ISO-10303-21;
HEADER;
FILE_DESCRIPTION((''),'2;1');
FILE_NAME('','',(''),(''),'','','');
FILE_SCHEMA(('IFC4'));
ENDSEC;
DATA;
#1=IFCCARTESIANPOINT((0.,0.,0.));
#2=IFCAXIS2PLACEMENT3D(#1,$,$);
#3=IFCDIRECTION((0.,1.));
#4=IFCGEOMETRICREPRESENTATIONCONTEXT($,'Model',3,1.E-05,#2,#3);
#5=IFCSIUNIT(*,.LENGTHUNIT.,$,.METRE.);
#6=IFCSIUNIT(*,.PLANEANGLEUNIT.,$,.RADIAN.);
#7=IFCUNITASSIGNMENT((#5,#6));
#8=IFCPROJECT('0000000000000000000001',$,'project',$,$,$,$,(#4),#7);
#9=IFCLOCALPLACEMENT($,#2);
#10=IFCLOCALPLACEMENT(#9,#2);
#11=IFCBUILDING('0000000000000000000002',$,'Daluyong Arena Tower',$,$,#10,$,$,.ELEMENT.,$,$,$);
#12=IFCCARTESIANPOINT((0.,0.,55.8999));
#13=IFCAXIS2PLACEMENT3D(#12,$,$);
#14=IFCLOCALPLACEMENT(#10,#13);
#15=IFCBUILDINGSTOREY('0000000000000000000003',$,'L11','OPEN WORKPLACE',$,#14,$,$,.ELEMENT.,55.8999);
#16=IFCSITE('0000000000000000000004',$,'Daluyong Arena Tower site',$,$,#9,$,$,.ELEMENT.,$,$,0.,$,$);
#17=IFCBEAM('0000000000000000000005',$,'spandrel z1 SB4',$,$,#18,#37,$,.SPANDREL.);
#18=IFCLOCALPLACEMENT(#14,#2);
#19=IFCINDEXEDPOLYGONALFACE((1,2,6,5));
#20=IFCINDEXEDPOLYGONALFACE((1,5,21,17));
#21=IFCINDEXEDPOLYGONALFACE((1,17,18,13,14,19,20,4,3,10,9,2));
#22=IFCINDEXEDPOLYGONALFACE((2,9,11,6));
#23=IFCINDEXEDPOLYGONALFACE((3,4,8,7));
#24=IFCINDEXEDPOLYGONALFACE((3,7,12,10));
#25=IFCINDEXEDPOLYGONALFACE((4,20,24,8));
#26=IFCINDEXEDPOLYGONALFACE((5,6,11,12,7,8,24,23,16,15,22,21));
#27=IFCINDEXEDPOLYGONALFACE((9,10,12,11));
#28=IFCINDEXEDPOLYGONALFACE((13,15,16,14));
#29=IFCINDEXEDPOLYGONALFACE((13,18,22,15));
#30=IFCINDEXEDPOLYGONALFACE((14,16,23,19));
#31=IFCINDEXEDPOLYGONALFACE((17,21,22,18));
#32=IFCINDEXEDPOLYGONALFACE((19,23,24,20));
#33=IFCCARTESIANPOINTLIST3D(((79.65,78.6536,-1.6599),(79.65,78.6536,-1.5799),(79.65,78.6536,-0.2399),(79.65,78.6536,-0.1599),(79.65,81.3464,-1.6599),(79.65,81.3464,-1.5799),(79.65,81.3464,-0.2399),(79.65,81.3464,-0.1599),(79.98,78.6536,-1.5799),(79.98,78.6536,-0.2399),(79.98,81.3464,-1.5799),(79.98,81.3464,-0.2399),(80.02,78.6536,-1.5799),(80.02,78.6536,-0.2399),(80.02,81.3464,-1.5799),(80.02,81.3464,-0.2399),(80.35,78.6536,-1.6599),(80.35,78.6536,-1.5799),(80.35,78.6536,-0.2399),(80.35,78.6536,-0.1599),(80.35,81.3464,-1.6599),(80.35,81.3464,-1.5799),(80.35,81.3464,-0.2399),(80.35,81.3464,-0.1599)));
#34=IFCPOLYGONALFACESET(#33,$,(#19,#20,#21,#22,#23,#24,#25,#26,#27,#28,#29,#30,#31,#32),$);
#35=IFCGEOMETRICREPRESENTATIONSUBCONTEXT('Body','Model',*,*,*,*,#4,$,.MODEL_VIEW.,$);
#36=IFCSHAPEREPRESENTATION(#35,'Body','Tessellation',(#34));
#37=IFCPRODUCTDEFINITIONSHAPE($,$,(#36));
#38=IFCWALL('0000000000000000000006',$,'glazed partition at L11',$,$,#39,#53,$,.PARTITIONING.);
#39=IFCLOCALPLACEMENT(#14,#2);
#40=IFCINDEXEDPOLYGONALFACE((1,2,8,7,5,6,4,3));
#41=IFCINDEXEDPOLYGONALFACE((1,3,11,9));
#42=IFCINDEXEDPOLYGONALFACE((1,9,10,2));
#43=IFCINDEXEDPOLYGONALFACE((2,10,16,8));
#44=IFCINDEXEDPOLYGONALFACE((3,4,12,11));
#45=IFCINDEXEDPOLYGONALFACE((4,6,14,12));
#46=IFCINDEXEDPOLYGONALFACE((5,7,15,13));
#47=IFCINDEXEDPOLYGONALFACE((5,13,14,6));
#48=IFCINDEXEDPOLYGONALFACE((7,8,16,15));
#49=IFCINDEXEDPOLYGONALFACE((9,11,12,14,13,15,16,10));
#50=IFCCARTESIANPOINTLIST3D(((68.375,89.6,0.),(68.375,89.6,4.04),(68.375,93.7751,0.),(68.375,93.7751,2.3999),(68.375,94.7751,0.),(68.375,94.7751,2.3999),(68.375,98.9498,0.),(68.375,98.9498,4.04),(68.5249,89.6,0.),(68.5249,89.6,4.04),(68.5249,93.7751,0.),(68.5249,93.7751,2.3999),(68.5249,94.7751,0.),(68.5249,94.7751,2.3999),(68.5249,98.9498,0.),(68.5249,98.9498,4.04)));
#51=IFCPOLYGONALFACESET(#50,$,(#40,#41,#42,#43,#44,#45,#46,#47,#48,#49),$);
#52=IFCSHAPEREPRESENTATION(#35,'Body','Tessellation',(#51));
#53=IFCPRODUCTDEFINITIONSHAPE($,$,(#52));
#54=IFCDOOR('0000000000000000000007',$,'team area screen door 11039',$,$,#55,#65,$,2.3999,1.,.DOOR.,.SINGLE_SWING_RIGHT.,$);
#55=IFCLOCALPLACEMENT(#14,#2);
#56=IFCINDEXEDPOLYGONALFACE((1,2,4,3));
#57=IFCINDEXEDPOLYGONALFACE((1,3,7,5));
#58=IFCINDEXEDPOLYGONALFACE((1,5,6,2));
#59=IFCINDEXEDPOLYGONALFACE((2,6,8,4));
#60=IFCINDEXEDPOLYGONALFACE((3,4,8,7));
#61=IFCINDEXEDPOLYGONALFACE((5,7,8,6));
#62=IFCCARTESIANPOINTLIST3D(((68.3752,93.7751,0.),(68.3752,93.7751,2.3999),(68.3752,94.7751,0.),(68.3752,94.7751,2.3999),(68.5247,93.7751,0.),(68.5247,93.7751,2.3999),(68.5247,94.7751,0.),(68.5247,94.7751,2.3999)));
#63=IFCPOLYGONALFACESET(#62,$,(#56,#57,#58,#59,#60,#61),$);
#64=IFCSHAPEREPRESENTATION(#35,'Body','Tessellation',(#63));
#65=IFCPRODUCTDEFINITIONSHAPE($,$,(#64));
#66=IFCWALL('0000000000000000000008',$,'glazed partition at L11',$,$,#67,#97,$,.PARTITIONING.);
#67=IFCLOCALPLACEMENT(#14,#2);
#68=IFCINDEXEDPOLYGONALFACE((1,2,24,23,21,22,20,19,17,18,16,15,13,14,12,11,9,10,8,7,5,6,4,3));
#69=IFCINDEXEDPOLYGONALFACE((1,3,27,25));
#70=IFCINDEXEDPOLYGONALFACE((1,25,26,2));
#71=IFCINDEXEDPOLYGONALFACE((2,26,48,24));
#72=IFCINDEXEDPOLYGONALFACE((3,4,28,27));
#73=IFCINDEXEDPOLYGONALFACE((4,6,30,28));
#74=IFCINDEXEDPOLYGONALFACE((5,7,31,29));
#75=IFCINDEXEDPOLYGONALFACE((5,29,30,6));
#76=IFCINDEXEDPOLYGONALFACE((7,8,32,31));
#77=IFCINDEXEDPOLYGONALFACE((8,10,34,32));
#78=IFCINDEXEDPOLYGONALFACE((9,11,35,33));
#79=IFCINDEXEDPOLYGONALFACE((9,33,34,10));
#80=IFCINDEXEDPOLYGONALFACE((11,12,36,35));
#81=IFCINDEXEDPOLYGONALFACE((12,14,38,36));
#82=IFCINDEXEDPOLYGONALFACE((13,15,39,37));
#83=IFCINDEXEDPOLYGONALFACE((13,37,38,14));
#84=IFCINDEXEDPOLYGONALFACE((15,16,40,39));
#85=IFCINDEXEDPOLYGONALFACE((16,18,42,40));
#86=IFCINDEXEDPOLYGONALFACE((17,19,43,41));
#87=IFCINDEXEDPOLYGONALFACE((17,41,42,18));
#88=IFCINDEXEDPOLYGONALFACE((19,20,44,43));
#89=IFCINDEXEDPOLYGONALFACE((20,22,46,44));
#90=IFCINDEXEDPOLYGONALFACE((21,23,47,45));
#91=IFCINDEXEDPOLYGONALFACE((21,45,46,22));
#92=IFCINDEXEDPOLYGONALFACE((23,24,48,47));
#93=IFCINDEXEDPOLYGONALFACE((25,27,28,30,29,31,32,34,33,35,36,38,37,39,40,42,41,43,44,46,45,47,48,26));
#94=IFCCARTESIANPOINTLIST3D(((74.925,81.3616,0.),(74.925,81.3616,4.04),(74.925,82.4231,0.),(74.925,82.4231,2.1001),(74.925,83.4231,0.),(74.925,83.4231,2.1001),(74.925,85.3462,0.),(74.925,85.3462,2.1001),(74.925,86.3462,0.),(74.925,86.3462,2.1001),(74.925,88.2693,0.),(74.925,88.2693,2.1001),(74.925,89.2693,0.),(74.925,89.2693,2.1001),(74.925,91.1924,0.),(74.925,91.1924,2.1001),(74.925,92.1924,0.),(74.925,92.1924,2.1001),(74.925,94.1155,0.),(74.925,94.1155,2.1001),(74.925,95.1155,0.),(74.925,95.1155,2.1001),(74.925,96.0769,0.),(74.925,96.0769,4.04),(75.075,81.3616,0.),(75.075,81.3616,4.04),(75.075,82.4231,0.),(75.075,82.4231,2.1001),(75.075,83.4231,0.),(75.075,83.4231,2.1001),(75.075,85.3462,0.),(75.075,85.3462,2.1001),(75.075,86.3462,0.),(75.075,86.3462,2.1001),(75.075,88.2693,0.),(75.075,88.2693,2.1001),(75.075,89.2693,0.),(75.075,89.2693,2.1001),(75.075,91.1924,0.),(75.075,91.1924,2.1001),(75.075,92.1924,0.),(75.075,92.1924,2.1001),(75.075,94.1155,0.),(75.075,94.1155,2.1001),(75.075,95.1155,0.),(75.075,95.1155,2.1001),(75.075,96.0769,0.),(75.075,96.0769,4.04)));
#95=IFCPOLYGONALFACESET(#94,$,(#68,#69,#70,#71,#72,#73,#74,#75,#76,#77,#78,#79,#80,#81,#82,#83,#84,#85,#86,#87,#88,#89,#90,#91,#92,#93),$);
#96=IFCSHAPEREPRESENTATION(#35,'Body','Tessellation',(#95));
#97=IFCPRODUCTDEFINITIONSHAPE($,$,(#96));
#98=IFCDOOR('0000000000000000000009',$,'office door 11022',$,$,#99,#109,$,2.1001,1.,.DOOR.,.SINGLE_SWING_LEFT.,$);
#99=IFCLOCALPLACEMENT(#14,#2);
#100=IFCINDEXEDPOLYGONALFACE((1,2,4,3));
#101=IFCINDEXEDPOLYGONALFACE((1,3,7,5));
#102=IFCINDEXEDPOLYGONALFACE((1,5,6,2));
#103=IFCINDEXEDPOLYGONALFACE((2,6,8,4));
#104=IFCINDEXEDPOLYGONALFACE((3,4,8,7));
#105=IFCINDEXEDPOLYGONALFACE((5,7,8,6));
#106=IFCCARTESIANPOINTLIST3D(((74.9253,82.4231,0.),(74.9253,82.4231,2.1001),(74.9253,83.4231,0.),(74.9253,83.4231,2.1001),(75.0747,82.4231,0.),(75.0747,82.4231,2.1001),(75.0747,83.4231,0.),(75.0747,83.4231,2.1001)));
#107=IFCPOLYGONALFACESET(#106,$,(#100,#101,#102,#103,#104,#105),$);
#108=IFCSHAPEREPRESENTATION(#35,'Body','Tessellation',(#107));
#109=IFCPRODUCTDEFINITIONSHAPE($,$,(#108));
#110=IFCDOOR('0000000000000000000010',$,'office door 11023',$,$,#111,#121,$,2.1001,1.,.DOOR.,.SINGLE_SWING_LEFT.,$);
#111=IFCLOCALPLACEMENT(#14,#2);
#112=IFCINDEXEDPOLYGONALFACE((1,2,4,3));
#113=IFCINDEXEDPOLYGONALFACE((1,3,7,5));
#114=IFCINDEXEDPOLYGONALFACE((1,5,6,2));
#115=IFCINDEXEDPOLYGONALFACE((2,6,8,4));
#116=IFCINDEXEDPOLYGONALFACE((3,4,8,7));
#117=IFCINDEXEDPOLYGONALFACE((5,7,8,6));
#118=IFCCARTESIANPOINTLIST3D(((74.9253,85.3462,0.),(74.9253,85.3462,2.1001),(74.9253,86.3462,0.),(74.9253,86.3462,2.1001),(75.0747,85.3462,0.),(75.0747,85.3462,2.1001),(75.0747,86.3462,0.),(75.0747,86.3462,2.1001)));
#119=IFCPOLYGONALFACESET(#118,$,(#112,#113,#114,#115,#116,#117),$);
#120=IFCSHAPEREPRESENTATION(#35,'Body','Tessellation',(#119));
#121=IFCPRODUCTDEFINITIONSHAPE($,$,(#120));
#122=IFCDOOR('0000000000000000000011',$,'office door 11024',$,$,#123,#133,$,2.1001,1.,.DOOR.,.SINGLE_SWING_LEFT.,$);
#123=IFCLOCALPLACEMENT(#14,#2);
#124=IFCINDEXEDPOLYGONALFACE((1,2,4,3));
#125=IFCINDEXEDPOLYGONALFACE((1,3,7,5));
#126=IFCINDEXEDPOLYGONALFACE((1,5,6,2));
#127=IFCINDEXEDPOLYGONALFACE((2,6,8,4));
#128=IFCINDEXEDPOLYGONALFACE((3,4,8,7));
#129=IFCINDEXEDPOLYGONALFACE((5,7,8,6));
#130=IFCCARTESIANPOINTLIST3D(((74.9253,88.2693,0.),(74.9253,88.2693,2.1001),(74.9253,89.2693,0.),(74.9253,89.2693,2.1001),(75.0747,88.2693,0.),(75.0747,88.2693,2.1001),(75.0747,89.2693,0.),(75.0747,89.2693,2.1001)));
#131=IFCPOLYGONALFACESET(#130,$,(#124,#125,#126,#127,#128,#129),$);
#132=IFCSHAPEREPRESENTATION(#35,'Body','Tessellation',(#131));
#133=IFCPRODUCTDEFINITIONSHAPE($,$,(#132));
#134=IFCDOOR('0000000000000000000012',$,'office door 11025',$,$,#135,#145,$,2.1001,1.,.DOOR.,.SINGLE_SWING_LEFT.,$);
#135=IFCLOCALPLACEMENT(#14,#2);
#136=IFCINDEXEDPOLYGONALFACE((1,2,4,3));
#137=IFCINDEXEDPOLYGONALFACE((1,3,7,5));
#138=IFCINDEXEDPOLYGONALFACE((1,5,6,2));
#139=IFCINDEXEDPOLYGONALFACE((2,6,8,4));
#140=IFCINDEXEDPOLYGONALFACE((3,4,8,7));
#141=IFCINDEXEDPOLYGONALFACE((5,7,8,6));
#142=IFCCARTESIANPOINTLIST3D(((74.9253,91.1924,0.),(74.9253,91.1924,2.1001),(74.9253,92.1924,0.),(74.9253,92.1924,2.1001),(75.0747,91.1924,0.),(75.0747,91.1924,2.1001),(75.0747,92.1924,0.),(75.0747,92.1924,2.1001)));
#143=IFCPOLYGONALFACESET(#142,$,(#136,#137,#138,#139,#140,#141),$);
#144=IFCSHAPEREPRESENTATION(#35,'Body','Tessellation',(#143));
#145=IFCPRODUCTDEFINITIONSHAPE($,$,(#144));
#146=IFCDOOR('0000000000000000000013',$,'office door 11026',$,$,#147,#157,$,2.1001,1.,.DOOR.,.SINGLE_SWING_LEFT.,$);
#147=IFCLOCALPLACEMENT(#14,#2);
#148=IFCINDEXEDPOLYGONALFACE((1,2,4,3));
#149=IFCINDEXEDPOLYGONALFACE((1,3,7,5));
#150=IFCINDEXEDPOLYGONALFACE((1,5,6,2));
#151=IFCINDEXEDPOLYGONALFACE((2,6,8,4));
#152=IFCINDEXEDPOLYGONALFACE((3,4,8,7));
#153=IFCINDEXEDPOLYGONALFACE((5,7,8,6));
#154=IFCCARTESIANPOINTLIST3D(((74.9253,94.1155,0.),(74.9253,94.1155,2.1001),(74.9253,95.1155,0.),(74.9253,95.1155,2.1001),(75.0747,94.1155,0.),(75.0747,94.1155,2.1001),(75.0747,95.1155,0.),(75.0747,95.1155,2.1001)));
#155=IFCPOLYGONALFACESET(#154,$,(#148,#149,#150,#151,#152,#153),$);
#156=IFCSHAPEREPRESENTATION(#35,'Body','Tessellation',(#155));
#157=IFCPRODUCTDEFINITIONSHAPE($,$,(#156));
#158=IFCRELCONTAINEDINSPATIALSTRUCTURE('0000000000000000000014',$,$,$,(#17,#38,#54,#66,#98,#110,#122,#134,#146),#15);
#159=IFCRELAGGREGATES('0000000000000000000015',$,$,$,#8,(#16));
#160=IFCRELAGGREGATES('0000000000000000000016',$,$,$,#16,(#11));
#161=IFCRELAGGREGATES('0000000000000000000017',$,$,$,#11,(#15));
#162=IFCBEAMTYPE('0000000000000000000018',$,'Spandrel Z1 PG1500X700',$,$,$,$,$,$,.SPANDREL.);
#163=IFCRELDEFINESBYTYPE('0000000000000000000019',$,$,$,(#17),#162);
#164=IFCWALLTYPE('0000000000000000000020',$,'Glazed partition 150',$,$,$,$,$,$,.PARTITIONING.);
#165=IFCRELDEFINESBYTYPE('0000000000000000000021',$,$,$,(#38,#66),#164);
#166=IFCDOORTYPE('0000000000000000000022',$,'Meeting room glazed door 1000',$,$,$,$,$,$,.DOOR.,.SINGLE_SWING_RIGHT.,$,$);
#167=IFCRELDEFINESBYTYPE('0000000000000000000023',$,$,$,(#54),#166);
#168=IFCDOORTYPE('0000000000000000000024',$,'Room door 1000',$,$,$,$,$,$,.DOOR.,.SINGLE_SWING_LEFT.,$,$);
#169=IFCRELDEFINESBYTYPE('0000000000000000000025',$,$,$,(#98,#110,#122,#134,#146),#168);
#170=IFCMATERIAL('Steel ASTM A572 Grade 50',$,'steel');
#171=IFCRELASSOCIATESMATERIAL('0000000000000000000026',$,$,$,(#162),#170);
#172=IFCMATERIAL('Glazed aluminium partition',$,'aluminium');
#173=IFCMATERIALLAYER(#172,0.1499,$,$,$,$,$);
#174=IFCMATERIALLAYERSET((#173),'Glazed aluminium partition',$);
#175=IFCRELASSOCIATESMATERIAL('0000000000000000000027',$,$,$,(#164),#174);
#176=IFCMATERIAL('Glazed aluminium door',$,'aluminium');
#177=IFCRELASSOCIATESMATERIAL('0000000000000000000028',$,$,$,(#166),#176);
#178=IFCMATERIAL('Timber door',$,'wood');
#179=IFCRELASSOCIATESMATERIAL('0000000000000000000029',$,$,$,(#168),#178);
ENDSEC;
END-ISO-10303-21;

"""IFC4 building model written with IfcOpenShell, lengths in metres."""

from ifc_helpers import new_model, si_unit, direction, frame, frame_2d, origin, origin_2d, place, context, subcontext, project, spatial, rectangle, i_section, extrude, material, layer, layer_set, material_profile, profile_set, type_object, element, fill, save


model = new_model("IFC4")

# Units and contexts
model_context = context("Model", 3, precision=1e-05, world=origin(), true_north=direction((0.0, 1.0)))
body_context = subcontext(model_context, "Body", "Model", "MODEL_VIEW")
ifc_project = project(units=[si_unit("LENGTHUNIT", "METRE"), si_unit("PLANEANGLEUNIT", "RADIAN")], contexts=[model_context])

# Site, building, storey
site_placement = place(None, origin())
site = spatial("IfcSite", under=ifc_project, at=site_placement, Name="Daluyong Arena Tower site", CompositionType="ELEMENT", RefElevation=0.0)
building_placement = place(site_placement, origin())
building = spatial("IfcBuilding", under=site, at=building_placement, Name="Daluyong Arena Tower", CompositionType="ELEMENT")
storey_placement = place(building_placement, frame((0.0, 0.0, 55.8999)))
storey = spatial("IfcBuildingStorey", under=building, at=storey_placement, Name="L11", Description="OPEN WORKPLACE", CompositionType="ELEMENT", Elevation=55.8999)

# Beam
ifc_material_1 = material(Name="Steel ASTM A572 Grade 50", Category="steel")
ifc_material_profile_1 = material_profile(ifc_material_1, i_section(OverallWidth=0.7, OverallDepth=1.5, WebThickness=0.04, FlangeThickness=0.08, at=origin_2d()))
ifc_profile_set_1 = profile_set([ifc_material_profile_1], Name="Steel ASTM A572 Grade 50")
beam_type_1 = type_object("IfcBeamType", Name="Spandrel Z1 PG1500X700", PredefinedType="SPANDREL", material=ifc_profile_set_1)
beam_1_placement = place(storey_placement, frame((80.0, 78.6536, -0.9099), z_axis=(0.0, 1.0, 0.0), x_axis=(-1.0, 0.0, 0.0)))
element("IfcBeam", 1, at=beam_1_placement, inside=storey, type_object=beam_type_1, Name="spandrel z1 SB4", PredefinedType="SPANDREL", context=body_context, shape_type="SweptSolid", body=[
    extrude(i_section(OverallWidth=0.7, OverallDepth=1.5, WebThickness=0.04, FlangeThickness=0.08, at=origin_2d()), origin(), (0.0, 0.0, 1.0), 2.6929),
])

# Wall, opening, door
ifc_material_2 = material(Name="Glazed aluminium partition", Category="aluminium")
ifc_layer_1 = layer(ifc_material_2, 0.1499)
ifc_layer_set_1 = layer_set([ifc_layer_1], Name="Glazed aluminium partition")
wall_type_1 = type_object("IfcWallType", Name="Glazed partition 150", PredefinedType="PARTITIONING", material=ifc_layer_set_1)
wall_1_placement = place(storey_placement, frame((68.45, 89.6001, 0.0), z_axis=(0.0, 0.0, 1.0), x_axis=(0.0, 1.0, 0.0)))
wall_1 = element("IfcWall", 2, at=wall_1_placement, inside=storey, type_object=wall_type_1, Name="glazed partition at L11", PredefinedType="PARTITIONING", context=body_context, shape_type="SweptSolid", body=[
    extrude(rectangle(XDim=9.3499, YDim=0.1499, at=frame_2d((4.6748, 0.0))), origin(), (0.0, 0.0, 1.0), 4.04),
])
opening_1_placement = place(wall_1_placement, frame((4.175, 0.0, 0.0)))
opening_1 = element("IfcOpeningElement", 3, at=opening_1_placement, cuts=wall_1, PredefinedType="OPENING", context=body_context, shape_type="SweptSolid", body=[
    extrude(rectangle(XDim=1.0, YDim=2.3999, at=frame_2d((0.5, 1.2))), frame((0.0, 0.085, 0.0), z_axis=(0.0, -1.0, 0.0), x_axis=(1.0, 0.0, 0.0)), (0.0, 0.0, 1.0), 0.1699),
])
ifc_material_3 = material(Name="Glazed aluminium door", Category="aluminium")
door_type_1 = type_object("IfcDoorType", Name="Meeting room glazed door 1000", OperationType="SINGLE_SWING_RIGHT", PredefinedType="DOOR", material=ifc_material_3)
door_1_placement = place(opening_1_placement, origin())
door_1 = element("IfcDoor", 4, at=door_1_placement, inside=storey, type_object=door_type_1, Name="team area screen door 11039", OperationType="SINGLE_SWING_RIGHT", OverallHeight=2.3999, OverallWidth=1.0, PredefinedType="DOOR", context=body_context, shape_type="SweptSolid", body=[
    extrude(rectangle(XDim=1.0, YDim=2.3999, at=frame_2d((0.5, 1.2))), frame((0.0, 0.0747, 0.0), z_axis=(0.0, -1.0, 0.0), x_axis=(1.0, 0.0, 0.0)), (0.0, 0.0, 1.0), 0.1494),
])
fill(opening_1, door_1)

# Wall, openings, doors
wall_2_placement = place(storey_placement, frame((75.0, 81.3616, 0.0), z_axis=(0.0, 0.0, 1.0), x_axis=(0.0, 1.0, 0.0)))
wall_2 = element("IfcWall", 5, at=wall_2_placement, inside=storey, type_object=wall_type_1, Name="glazed partition at L11", PredefinedType="PARTITIONING", context=body_context, shape_type="SweptSolid", body=[
    extrude(rectangle(XDim=14.7153, YDim=0.1499, at=frame_2d((7.3577, 0.0))), origin(), (0.0, 0.0, 1.0), 4.04),
])
opening_2_placement = place(wall_2_placement, frame((1.0615, 0.0, 0.0)))
opening_2 = element("IfcOpeningElement", 6, at=opening_2_placement, cuts=wall_2, PredefinedType="OPENING", context=body_context, shape_type="SweptSolid", body=[
    extrude(rectangle(XDim=1.0, YDim=2.1001, at=frame_2d((0.5, 1.05))), frame((0.0, 0.085, 0.0), z_axis=(0.0, -1.0, 0.0), x_axis=(1.0, 0.0, 0.0)), (0.0, 0.0, 1.0), 0.1699),
])
opening_3_placement = place(wall_2_placement, frame((3.9846, 0.0, 0.0)))
opening_3 = element("IfcOpeningElement", 7, at=opening_3_placement, cuts=wall_2, PredefinedType="OPENING", context=body_context, shape_type="SweptSolid", body=[
    extrude(rectangle(XDim=1.0, YDim=2.1001, at=frame_2d((0.5, 1.05))), frame((0.0, 0.085, 0.0), z_axis=(0.0, -1.0, 0.0), x_axis=(1.0, 0.0, 0.0)), (0.0, 0.0, 1.0), 0.1699),
])
opening_4_placement = place(wall_2_placement, frame((6.9077, 0.0, 0.0)))
opening_4 = element("IfcOpeningElement", 8, at=opening_4_placement, cuts=wall_2, PredefinedType="OPENING", context=body_context, shape_type="SweptSolid", body=[
    extrude(rectangle(XDim=1.0, YDim=2.1001, at=frame_2d((0.5, 1.05))), frame((0.0, 0.085, 0.0), z_axis=(0.0, -1.0, 0.0), x_axis=(1.0, 0.0, 0.0)), (0.0, 0.0, 1.0), 0.1699),
])
opening_5_placement = place(wall_2_placement, frame((9.8308, 0.0, 0.0)))
opening_5 = element("IfcOpeningElement", 9, at=opening_5_placement, cuts=wall_2, PredefinedType="OPENING", context=body_context, shape_type="SweptSolid", body=[
    extrude(rectangle(XDim=1.0, YDim=2.1001, at=frame_2d((0.5, 1.05))), frame((0.0, 0.085, 0.0), z_axis=(0.0, -1.0, 0.0), x_axis=(1.0, 0.0, 0.0)), (0.0, 0.0, 1.0), 0.1699),
])
opening_6_placement = place(wall_2_placement, frame((12.7539, 0.0, 0.0)))
opening_6 = element("IfcOpeningElement", 10, at=opening_6_placement, cuts=wall_2, PredefinedType="OPENING", context=body_context, shape_type="SweptSolid", body=[
    extrude(rectangle(XDim=1.0, YDim=2.1001, at=frame_2d((0.5, 1.05))), frame((0.0, 0.085, 0.0), z_axis=(0.0, -1.0, 0.0), x_axis=(1.0, 0.0, 0.0)), (0.0, 0.0, 1.0), 0.1699),
])
ifc_material_4 = material(Name="Timber door", Category="wood")
door_type_2 = type_object("IfcDoorType", Name="Room door 1000", OperationType="SINGLE_SWING_LEFT", PredefinedType="DOOR", material=ifc_material_4)
door_2_placement = place(opening_2_placement, origin())
door_2 = element("IfcDoor", 11, at=door_2_placement, inside=storey, type_object=door_type_2, Name="office door 11022", OperationType="SINGLE_SWING_LEFT", OverallHeight=2.1001, OverallWidth=1.0, PredefinedType="DOOR", context=body_context, shape_type="SweptSolid", body=[
    extrude(rectangle(XDim=1.0, YDim=2.1001, at=frame_2d((0.5, 1.05))), frame((0.0, 0.0747, 0.0), z_axis=(0.0, -1.0, 0.0), x_axis=(1.0, 0.0, 0.0)), (0.0, 0.0, 1.0), 0.1494),
])
fill(opening_2, door_2)
door_3_placement = place(opening_3_placement, origin())
door_3 = element("IfcDoor", 12, at=door_3_placement, inside=storey, type_object=door_type_2, Name="office door 11023", OperationType="SINGLE_SWING_LEFT", OverallHeight=2.1001, OverallWidth=1.0, PredefinedType="DOOR", context=body_context, shape_type="SweptSolid", body=[
    extrude(rectangle(XDim=1.0, YDim=2.1001, at=frame_2d((0.5, 1.05))), frame((0.0, 0.0747, 0.0), z_axis=(0.0, -1.0, 0.0), x_axis=(1.0, 0.0, 0.0)), (0.0, 0.0, 1.0), 0.1494),
])
fill(opening_3, door_3)
door_4_placement = place(opening_4_placement, origin())
door_4 = element("IfcDoor", 13, at=door_4_placement, inside=storey, type_object=door_type_2, Name="office door 11024", OperationType="SINGLE_SWING_LEFT", OverallHeight=2.1001, OverallWidth=1.0, PredefinedType="DOOR", context=body_context, shape_type="SweptSolid", body=[
    extrude(rectangle(XDim=1.0, YDim=2.1001, at=frame_2d((0.5, 1.05))), frame((0.0, 0.0747, 0.0), z_axis=(0.0, -1.0, 0.0), x_axis=(1.0, 0.0, 0.0)), (0.0, 0.0, 1.0), 0.1494),
])
fill(opening_4, door_4)
door_5_placement = place(opening_5_placement, origin())
door_5 = element("IfcDoor", 14, at=door_5_placement, inside=storey, type_object=door_type_2, Name="office door 11025", OperationType="SINGLE_SWING_LEFT", OverallHeight=2.1001, OverallWidth=1.0, PredefinedType="DOOR", context=body_context, shape_type="SweptSolid", body=[
    extrude(rectangle(XDim=1.0, YDim=2.1001, at=frame_2d((0.5, 1.05))), frame((0.0, 0.0747, 0.0), z_axis=(0.0, -1.0, 0.0), x_axis=(1.0, 0.0, 0.0)), (0.0, 0.0, 1.0), 0.1494),
])
fill(opening_5, door_5)
door_6_placement = place(opening_6_placement, origin())
door_6 = element("IfcDoor", 15, at=door_6_placement, inside=storey, type_object=door_type_2, Name="office door 11026", OperationType="SINGLE_SWING_LEFT", OverallHeight=2.1001, OverallWidth=1.0, PredefinedType="DOOR", context=body_context, shape_type="SweptSolid", body=[
    extrude(rectangle(XDim=1.0, YDim=2.1001, at=frame_2d((0.5, 1.05))), frame((0.0, 0.0747, 0.0), z_axis=(0.0, -1.0, 0.0), x_axis=(1.0, 0.0, 0.0)), (0.0, 0.0, 1.0), 0.1494),
])
fill(opening_6, door_6)

save(model, "model.ifc")
